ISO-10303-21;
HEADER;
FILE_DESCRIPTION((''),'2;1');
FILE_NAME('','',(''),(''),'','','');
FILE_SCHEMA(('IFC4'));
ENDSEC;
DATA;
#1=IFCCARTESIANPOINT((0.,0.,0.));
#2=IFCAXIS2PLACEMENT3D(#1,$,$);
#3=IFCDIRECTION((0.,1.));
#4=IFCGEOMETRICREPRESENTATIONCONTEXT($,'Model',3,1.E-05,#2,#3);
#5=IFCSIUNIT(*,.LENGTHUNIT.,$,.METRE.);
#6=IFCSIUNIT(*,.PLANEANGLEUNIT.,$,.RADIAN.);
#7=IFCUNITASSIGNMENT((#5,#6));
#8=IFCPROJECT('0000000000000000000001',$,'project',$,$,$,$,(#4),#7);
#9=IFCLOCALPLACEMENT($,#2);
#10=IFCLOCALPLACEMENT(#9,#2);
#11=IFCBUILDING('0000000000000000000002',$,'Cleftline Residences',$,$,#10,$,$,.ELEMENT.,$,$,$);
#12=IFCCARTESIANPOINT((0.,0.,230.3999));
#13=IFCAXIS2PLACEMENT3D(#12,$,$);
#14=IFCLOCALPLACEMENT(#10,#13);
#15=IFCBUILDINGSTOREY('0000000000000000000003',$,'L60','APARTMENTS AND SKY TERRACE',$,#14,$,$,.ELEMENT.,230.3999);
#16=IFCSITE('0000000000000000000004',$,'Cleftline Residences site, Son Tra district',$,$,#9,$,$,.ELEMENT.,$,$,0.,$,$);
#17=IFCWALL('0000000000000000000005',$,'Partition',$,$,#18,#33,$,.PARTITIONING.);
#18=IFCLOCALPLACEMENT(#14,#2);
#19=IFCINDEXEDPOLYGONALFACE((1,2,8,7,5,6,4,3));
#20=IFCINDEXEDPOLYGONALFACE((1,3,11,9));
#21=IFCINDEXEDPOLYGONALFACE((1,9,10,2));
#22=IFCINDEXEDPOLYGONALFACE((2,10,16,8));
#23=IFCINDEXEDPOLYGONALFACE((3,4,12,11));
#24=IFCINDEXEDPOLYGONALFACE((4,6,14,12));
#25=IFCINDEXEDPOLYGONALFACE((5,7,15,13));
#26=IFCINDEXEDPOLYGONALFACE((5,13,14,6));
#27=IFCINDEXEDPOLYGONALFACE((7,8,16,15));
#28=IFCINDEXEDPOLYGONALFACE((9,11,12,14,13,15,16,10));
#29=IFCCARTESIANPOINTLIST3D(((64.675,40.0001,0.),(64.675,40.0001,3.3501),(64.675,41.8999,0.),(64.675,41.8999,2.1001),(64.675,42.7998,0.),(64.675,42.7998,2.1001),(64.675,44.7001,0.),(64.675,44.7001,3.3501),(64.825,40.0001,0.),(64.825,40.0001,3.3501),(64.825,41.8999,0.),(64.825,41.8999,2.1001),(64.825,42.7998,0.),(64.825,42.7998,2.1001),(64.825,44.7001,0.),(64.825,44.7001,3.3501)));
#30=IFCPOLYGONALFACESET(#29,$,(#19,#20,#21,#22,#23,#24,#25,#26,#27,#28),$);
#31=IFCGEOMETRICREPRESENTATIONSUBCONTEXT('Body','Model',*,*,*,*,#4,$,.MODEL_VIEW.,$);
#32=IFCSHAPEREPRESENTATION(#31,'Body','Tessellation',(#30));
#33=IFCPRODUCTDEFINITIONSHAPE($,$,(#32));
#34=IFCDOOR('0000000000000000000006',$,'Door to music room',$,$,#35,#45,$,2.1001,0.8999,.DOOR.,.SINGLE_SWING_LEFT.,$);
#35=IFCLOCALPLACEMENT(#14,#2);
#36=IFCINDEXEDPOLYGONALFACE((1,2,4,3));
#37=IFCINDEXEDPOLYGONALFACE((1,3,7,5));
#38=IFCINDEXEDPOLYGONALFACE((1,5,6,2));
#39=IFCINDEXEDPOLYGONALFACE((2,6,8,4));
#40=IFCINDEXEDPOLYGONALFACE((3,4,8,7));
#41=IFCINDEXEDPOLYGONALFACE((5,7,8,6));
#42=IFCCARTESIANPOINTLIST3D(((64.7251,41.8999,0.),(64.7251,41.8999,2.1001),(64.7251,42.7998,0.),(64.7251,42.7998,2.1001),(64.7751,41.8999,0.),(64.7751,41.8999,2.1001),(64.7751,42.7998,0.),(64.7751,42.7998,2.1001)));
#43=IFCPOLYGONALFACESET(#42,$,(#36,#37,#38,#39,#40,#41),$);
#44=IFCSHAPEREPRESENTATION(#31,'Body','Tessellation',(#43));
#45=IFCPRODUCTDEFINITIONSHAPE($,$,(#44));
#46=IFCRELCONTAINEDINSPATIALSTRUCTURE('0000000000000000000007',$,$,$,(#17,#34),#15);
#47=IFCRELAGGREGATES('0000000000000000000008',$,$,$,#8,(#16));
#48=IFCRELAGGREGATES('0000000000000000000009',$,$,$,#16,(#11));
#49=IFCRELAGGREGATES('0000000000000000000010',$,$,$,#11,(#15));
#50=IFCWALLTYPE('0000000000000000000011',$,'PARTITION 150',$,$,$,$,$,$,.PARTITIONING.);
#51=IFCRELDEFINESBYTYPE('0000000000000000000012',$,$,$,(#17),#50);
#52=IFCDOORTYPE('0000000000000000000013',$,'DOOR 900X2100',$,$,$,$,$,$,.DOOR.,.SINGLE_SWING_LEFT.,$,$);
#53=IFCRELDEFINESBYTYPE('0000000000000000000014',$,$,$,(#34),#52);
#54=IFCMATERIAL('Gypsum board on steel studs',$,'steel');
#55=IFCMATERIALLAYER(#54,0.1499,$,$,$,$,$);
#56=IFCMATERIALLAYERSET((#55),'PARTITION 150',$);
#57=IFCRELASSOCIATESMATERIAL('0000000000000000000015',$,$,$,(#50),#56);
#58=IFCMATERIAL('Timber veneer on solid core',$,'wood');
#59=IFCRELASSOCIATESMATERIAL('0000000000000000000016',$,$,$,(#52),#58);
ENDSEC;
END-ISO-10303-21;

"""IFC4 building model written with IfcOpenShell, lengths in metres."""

from ifc_helpers import new_model, si_unit, direction, frame, frame_2d, origin, place, context, subcontext, project, spatial, rectangle, extrude, material, layer, layer_set, type_object, element, fill, save


model = new_model("IFC4")

# Units and contexts
model_context = context("Model", 3, precision=1e-05, world=origin(), true_north=direction((0.0, 1.0)))
body_context = subcontext(model_context, "Body", "Model", "MODEL_VIEW")
ifc_project = project(units=[si_unit("LENGTHUNIT", "METRE"), si_unit("PLANEANGLEUNIT", "RADIAN")], contexts=[model_context])

# Site, building, storey
site_placement = place(None, origin())
site = spatial("IfcSite", under=ifc_project, at=site_placement, Name="Cleftline Residences site, Son Tra district", CompositionType="ELEMENT", RefElevation=0.0)
building_placement = place(site_placement, origin())
building = spatial("IfcBuilding", under=site, at=building_placement, Name="Cleftline Residences", CompositionType="ELEMENT")
storey_placement = place(building_placement, frame((0.0, 0.0, 230.3999)))
storey = spatial("IfcBuildingStorey", under=building, at=storey_placement, Name="L60", Description="APARTMENTS AND SKY TERRACE", CompositionType="ELEMENT", Elevation=230.3999)

# Wall, opening, door
ifc_material_1 = material(Name="Gypsum board on steel studs", Category="steel")
ifc_layer_1 = layer(ifc_material_1, 0.1499)
ifc_layer_set_1 = layer_set([ifc_layer_1], Name="PARTITION 150")
wall_type_1 = type_object("IfcWallType", Name="PARTITION 150", PredefinedType="PARTITIONING", material=ifc_layer_set_1)
wall_1_placement = place(storey_placement, frame((64.75, 40.0, 0.0), z_axis=(0.0, 0.0, 1.0), x_axis=(0.0, 1.0, 0.0)))
wall_1 = element("IfcWall", 1, at=wall_1_placement, inside=storey, type_object=wall_type_1, Name="Partition", PredefinedType="PARTITIONING", context=body_context, shape_type="SweptSolid", body=[
    extrude(rectangle(XDim=4.7, YDim=0.1499, at=frame_2d((2.3501, 0.0))), origin(), (0.0, 0.0, 1.0), 3.3501),
])
opening_1_placement = place(wall_1_placement, frame((1.8999, 0.0, 0.0)))
opening_1 = element("IfcOpeningElement", 2, at=opening_1_placement, cuts=wall_1, PredefinedType="OPENING", context=body_context, shape_type="SweptSolid", body=[
    extrude(rectangle(XDim=0.8999, YDim=2.1001, at=frame_2d((0.45, 1.05))), frame((0.0, 0.085, 0.0), z_axis=(0.0, -1.0, 0.0), x_axis=(1.0, 0.0, 0.0)), (0.0, 0.0, 1.0), 0.1699),
])
ifc_material_2 = material(Name="Timber veneer on solid core", Category="wood")
door_type = type_object("IfcDoorType", Name="DOOR 900X2100", OperationType="SINGLE_SWING_LEFT", PredefinedType="DOOR", material=ifc_material_2)
door_placement = place(opening_1_placement, origin())
door = element("IfcDoor", 3, at=door_placement, inside=storey, type_object=door_type, Name="Door to music room", OperationType="SINGLE_SWING_LEFT", OverallHeight=2.1001, OverallWidth=0.8999, PredefinedType="DOOR", context=body_context, shape_type="SweptSolid", body=[
    extrude(rectangle(XDim=0.8999, YDim=2.1001, at=frame_2d((0.45, 1.05))), frame((0.0, 0.0249, 0.0), z_axis=(0.0, -1.0, 0.0), x_axis=(1.0, 0.0, 0.0)), (0.0, 0.0, 1.0), 0.05),
])
fill(opening_1, door)

save(model, "model.ifc")
